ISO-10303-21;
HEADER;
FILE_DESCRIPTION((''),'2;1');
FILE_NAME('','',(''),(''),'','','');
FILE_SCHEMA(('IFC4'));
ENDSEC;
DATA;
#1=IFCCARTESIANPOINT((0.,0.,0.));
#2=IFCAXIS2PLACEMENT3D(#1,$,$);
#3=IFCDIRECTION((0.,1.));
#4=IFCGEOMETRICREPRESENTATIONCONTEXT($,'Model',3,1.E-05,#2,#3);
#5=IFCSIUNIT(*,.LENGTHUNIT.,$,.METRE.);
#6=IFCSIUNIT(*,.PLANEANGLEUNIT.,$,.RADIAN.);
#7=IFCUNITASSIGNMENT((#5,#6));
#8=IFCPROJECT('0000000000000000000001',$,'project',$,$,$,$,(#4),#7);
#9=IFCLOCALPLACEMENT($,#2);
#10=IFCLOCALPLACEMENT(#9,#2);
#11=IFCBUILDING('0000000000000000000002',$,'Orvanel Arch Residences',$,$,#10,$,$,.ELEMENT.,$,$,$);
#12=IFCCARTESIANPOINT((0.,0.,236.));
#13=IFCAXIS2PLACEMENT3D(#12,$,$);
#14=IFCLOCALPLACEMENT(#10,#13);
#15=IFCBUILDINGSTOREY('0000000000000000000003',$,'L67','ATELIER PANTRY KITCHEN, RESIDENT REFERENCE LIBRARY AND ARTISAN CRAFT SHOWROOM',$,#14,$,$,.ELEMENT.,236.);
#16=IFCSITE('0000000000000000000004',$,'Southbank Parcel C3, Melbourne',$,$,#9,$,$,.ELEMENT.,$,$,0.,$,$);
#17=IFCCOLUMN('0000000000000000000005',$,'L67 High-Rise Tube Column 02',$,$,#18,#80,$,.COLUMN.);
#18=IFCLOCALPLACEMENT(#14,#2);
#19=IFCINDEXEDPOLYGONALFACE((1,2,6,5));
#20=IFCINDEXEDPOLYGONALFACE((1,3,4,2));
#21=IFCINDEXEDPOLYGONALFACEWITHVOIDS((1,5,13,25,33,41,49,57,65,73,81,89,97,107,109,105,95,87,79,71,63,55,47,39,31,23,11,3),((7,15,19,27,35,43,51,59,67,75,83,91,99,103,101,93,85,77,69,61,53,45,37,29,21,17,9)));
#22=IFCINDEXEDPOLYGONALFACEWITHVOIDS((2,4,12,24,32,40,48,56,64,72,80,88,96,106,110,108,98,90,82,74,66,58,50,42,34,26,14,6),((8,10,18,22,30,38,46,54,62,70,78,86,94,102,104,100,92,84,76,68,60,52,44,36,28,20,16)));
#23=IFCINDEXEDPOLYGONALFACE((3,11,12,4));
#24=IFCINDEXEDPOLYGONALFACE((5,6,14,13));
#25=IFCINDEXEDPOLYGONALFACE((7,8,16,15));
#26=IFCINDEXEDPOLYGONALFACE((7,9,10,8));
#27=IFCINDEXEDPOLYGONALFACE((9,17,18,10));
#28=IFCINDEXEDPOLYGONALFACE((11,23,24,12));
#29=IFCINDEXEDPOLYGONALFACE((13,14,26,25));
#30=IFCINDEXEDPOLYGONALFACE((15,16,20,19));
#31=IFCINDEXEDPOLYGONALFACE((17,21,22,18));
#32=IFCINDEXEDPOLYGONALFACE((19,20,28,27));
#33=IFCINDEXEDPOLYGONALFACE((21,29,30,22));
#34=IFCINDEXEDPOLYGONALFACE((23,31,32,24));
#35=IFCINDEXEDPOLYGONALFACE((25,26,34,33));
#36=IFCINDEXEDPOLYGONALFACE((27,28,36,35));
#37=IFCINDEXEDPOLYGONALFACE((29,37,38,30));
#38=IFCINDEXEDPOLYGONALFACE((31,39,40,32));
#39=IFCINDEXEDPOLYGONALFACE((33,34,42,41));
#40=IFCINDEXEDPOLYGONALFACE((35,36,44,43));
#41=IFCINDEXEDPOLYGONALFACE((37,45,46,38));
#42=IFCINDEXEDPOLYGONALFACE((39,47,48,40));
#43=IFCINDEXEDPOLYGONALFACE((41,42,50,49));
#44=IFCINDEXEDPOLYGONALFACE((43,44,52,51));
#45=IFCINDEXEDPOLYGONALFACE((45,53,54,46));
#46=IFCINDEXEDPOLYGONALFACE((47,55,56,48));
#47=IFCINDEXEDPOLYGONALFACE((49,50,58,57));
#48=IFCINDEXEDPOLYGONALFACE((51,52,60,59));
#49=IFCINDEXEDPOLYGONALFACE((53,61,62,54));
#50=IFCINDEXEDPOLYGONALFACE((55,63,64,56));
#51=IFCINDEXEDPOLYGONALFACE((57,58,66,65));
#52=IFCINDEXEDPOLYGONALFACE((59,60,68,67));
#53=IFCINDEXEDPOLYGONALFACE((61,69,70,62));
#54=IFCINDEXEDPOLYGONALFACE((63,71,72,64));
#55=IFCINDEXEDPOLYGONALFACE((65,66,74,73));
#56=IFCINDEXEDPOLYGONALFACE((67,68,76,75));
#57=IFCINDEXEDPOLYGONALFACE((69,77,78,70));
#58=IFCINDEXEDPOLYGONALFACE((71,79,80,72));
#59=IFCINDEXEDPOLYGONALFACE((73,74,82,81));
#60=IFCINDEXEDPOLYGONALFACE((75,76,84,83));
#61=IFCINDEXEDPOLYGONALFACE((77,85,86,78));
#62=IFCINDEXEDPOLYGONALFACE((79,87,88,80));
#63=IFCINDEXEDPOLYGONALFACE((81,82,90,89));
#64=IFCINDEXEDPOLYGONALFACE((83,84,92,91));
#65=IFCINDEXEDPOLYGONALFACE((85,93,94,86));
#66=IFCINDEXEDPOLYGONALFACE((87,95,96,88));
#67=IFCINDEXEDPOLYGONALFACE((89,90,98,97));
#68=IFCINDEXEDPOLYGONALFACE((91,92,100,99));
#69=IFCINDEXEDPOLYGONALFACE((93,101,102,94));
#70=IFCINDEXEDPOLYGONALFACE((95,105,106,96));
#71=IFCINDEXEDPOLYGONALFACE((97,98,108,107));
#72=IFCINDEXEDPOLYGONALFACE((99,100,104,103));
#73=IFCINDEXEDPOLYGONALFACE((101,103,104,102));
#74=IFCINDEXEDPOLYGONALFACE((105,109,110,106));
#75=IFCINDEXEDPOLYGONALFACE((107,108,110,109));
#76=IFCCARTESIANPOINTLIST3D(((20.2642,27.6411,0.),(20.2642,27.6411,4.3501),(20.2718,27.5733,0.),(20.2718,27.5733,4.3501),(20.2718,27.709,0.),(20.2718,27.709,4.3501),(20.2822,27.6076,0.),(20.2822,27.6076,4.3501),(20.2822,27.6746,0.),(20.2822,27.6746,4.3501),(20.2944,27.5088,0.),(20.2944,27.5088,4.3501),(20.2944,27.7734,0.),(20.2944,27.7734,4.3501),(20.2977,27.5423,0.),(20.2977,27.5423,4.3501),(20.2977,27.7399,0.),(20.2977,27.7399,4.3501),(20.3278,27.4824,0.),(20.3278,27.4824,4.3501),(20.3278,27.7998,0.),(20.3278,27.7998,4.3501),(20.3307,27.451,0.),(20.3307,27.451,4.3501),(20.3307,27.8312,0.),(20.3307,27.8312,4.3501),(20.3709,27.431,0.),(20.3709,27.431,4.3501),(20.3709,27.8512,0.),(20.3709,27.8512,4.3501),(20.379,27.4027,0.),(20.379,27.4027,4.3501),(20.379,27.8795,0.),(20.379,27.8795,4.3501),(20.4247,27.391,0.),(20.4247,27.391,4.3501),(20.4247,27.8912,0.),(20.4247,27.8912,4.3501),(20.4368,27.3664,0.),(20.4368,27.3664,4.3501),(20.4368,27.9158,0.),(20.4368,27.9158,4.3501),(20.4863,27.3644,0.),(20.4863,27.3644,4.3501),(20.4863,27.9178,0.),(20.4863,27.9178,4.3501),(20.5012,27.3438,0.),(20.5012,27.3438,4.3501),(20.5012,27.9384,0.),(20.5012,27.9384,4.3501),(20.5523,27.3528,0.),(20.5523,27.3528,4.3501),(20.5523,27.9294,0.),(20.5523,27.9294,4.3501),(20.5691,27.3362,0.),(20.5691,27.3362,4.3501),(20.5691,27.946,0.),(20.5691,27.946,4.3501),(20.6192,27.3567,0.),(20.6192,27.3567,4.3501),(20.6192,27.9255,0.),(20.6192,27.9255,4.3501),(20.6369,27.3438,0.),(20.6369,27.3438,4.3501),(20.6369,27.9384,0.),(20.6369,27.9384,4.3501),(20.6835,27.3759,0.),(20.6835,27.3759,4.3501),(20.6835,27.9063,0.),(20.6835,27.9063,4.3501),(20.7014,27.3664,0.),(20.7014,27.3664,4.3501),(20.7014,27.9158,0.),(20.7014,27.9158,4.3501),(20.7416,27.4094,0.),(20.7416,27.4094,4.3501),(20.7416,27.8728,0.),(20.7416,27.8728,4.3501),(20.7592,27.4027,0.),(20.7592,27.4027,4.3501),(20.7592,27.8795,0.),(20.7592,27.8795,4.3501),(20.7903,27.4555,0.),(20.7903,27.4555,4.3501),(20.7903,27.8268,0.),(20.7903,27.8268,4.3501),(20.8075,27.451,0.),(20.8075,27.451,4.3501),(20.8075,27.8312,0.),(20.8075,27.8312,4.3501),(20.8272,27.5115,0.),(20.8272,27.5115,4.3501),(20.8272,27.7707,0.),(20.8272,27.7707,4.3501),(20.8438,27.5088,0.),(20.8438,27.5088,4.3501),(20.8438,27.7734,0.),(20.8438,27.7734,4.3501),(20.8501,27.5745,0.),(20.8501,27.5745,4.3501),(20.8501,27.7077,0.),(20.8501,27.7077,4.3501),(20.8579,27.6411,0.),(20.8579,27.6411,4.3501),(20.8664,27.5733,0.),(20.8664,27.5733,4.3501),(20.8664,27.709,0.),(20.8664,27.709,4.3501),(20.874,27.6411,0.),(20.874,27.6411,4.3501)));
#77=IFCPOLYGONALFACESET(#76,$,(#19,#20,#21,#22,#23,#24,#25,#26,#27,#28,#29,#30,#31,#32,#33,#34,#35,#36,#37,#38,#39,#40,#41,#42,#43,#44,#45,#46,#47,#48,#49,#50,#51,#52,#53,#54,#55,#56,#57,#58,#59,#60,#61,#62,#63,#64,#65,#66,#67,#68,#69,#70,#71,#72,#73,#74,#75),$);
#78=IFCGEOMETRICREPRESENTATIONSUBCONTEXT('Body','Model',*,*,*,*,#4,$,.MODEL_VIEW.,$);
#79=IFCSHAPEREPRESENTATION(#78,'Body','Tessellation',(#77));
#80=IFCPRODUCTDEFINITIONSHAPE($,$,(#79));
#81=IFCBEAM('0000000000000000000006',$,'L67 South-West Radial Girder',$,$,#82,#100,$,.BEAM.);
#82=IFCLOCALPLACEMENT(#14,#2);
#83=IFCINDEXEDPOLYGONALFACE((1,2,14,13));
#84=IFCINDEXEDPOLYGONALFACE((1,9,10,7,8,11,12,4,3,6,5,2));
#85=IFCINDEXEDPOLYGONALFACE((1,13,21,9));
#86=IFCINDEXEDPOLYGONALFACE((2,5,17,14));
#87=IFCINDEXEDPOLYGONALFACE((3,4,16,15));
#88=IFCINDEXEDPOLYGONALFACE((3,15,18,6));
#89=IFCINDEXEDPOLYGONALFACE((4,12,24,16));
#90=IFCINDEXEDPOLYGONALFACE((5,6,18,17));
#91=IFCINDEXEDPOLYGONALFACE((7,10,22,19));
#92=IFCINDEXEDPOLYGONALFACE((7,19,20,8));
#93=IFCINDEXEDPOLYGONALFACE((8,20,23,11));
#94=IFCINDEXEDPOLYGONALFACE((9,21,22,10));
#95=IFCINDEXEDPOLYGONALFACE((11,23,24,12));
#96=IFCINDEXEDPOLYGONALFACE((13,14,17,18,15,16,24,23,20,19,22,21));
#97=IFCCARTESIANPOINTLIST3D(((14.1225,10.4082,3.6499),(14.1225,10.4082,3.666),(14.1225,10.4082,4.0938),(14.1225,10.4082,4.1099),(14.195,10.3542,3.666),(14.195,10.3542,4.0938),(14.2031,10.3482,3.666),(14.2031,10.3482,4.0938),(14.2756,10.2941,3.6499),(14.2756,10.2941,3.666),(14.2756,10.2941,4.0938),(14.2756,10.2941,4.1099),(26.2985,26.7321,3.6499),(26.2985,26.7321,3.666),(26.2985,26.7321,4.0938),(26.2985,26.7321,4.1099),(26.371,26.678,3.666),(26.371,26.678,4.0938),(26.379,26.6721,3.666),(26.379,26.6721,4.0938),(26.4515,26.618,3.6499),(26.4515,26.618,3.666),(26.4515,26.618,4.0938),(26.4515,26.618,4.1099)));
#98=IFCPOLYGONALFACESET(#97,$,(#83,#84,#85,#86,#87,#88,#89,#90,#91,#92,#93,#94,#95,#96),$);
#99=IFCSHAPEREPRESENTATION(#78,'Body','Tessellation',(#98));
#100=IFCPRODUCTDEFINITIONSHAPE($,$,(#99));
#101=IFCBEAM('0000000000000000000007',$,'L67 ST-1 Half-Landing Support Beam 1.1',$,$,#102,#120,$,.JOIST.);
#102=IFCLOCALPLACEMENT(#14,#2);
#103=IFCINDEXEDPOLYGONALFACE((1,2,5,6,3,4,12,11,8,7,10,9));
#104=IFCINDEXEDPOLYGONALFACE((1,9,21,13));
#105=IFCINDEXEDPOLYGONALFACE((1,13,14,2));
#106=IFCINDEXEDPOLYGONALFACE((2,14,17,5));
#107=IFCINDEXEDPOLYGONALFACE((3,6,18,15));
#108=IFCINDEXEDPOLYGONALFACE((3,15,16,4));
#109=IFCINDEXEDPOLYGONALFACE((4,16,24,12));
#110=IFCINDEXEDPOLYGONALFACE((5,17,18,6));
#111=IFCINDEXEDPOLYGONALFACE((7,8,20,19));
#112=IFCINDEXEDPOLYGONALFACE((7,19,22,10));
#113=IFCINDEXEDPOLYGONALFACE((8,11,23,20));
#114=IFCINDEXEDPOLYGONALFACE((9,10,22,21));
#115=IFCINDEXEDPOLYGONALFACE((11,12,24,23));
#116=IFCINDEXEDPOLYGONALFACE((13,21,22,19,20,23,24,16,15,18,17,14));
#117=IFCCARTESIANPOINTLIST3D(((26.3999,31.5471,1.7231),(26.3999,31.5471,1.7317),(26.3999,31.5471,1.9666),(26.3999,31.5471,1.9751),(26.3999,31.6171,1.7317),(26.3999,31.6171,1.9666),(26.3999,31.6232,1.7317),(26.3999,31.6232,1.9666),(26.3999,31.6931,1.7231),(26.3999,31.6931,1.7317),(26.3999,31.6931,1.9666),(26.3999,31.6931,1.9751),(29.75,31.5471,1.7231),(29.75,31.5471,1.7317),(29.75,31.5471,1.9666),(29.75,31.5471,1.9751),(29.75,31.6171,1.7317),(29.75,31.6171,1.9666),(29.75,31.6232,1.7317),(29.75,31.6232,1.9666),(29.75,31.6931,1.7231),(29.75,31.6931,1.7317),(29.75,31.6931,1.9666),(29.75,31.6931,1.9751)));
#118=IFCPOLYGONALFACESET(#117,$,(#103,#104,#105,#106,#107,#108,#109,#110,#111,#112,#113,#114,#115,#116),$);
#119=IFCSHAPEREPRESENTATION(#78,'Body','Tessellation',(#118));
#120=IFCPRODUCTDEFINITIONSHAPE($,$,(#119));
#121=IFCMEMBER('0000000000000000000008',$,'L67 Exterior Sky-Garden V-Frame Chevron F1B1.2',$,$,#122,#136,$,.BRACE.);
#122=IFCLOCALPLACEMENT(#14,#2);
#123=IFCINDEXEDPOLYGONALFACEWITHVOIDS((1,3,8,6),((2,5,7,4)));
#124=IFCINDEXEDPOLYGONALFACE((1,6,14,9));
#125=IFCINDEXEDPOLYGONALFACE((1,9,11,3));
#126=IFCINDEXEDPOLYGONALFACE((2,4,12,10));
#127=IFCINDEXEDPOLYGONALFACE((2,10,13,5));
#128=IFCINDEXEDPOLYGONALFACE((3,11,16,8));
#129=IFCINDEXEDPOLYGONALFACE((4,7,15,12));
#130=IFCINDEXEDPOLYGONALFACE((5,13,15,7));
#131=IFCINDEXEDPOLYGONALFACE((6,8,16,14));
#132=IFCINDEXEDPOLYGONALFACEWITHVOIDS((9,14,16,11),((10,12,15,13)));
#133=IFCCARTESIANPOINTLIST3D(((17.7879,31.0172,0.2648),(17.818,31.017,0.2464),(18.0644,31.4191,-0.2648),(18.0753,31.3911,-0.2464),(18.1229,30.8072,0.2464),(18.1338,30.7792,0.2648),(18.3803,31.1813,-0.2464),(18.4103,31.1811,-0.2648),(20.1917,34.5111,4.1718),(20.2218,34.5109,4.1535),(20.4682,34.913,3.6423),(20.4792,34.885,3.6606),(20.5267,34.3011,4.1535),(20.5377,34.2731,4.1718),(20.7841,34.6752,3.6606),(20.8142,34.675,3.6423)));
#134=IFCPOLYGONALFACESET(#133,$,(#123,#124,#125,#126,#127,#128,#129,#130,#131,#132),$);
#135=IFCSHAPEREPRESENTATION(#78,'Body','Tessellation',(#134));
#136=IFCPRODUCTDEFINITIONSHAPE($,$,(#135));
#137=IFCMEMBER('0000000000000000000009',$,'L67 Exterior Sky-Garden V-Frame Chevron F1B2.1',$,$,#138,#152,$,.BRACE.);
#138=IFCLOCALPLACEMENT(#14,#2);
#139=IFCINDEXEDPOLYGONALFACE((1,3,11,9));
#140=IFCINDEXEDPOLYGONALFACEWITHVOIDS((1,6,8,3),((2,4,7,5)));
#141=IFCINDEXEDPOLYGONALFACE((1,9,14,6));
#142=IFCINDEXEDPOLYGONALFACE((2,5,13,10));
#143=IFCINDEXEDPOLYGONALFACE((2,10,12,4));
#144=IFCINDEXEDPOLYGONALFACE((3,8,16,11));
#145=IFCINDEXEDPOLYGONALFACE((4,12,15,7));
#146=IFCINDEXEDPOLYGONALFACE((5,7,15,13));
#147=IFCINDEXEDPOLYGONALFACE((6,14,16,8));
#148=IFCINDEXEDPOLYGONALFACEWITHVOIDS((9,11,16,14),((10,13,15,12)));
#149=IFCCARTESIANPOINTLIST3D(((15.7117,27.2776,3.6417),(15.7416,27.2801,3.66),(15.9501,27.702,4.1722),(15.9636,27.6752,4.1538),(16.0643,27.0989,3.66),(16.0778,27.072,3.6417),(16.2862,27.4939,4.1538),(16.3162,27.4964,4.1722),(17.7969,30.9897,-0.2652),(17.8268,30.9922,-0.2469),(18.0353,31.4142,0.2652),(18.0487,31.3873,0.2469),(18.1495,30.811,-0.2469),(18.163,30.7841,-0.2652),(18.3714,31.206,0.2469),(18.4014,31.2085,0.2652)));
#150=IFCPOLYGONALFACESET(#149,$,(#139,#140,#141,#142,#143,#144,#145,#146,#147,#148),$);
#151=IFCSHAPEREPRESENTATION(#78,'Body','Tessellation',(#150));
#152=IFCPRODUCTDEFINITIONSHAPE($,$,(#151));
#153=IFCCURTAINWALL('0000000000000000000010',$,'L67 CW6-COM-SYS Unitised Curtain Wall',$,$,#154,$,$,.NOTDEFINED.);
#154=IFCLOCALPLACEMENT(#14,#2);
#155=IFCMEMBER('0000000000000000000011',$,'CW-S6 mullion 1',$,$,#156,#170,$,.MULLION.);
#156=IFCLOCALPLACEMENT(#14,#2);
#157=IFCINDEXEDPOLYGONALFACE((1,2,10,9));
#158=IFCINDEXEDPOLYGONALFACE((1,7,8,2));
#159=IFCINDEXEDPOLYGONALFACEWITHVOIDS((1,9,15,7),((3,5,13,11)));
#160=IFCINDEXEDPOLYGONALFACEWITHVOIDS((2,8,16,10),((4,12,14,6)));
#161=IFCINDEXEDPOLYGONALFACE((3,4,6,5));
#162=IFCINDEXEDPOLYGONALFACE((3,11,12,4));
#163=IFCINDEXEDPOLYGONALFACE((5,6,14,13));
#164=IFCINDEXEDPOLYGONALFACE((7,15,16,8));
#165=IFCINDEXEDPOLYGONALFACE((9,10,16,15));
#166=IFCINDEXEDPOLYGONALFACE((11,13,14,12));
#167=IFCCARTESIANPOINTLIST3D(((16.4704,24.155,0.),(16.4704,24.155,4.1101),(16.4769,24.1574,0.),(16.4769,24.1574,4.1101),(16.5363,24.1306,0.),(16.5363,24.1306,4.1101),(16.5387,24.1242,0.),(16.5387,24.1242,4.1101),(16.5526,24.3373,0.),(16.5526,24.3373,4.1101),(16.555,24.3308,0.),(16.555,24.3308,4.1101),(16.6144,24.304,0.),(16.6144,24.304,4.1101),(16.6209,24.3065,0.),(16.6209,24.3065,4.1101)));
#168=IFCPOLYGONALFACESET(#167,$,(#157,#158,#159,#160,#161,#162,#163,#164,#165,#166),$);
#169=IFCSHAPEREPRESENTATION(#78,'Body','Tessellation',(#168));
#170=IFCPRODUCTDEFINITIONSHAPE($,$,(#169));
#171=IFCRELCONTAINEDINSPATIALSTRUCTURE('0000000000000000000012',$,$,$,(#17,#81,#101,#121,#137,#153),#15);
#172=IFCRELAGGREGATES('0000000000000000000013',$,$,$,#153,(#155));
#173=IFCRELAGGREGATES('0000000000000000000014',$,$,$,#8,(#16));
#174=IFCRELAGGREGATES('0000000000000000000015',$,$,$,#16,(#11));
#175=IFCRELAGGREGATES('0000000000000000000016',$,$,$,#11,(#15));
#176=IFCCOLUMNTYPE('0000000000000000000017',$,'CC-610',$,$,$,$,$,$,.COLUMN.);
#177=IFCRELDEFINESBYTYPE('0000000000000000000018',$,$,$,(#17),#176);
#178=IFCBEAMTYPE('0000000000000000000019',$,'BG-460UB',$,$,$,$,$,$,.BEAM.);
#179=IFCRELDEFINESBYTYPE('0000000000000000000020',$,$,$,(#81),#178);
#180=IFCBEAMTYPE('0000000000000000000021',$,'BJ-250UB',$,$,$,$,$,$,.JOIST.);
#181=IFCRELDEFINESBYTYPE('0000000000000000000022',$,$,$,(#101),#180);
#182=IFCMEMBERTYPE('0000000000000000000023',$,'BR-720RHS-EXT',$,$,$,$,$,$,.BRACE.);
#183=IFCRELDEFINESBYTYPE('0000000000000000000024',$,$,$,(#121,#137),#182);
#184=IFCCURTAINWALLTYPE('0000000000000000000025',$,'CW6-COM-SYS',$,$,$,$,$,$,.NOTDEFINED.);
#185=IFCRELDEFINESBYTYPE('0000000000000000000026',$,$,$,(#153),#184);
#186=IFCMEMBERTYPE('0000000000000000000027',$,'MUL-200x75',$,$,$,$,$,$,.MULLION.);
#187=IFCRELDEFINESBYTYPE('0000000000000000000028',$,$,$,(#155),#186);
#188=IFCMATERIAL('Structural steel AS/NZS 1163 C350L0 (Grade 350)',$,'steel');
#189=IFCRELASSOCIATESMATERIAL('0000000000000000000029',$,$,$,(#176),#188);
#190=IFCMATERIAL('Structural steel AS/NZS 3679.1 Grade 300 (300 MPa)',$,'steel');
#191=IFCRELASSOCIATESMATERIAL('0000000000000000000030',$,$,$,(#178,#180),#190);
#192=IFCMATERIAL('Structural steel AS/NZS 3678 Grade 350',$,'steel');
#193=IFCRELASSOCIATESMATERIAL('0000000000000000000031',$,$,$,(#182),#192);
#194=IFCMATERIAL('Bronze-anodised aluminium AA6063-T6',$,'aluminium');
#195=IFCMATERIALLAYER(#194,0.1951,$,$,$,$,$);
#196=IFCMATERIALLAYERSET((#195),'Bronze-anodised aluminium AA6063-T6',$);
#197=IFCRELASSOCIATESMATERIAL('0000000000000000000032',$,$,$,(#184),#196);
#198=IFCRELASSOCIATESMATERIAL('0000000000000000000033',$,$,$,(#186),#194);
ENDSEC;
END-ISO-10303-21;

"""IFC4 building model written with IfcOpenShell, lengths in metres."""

from ifc_helpers import new_model, si_unit, direction, frame, origin, origin_2d, place, context, subcontext, project, spatial, hollow_rectangle, hollow_circle, i_section, extrude, material, layer, layer_set, material_profile, profile_set, type_object, element, aggregate, save


model = new_model("IFC4")

# Units and contexts
model_context = context("Model", 3, precision=1e-05, world=origin(), true_north=direction((0.0, 1.0)))
body_context = subcontext(model_context, "Body", "Model", "MODEL_VIEW")
ifc_project = project(units=[si_unit("LENGTHUNIT", "METRE"), si_unit("PLANEANGLEUNIT", "RADIAN")], contexts=[model_context])

# Site, building, storey
site_placement = place(None, origin())
site = spatial("IfcSite", under=ifc_project, at=site_placement, Name="Southbank Parcel C3, Melbourne", CompositionType="ELEMENT", RefElevation=0.0)
building_placement = place(site_placement, origin())
building = spatial("IfcBuilding", under=site, at=building_placement, Name="Orvanel Arch Residences", CompositionType="ELEMENT")
storey_placement = place(building_placement, frame((0.0, 0.0, 236.0)))
storey = spatial("IfcBuildingStorey", under=building, at=storey_placement, Name="L67", Description="ATELIER PANTRY KITCHEN, RESIDENT REFERENCE LIBRARY AND ARTISAN CRAFT SHOWROOM", CompositionType="ELEMENT", Elevation=236.0)

# Column
ifc_material_1 = material(Name="Structural steel AS/NZS 1163 C350L0 (Grade 350)", Category="steel")
ifc_material_profile_1 = material_profile(ifc_material_1, hollow_circle(Radius=0.3049, WallThickness=0.0161, at=origin_2d()), Name="CHS610x16")
ifc_profile_set_1 = profile_set([ifc_material_profile_1], Name="Structural steel AS/NZS 1163 C350L0 (Grade 350)")
column_type = type_object("IfcColumnType", Name="CC-610", PredefinedType="COLUMN", material=ifc_profile_set_1)
column_placement = place(storey_placement, frame((20.5691, 27.6411, 0.0), z_axis=(0.0, 0.0, 1.0), x_axis=(1.0, 0.0, 0.0)))
element("IfcColumn", 1, at=column_placement, inside=storey, type_object=column_type, Name="L67 High-Rise Tube Column 02", PredefinedType="COLUMN", context=body_context, shape_type="SweptSolid", body=[
    extrude(hollow_circle(Radius=0.3049, WallThickness=0.0161, at=origin_2d()), origin(), (0.0, 0.0, 1.0), 4.3501),
])

# Beams
ifc_material_2 = material(Name="Structural steel AS/NZS 3679.1 Grade 300 (300 MPa)", Category="steel")
ifc_material_profile_2 = material_profile(ifc_material_2, i_section(OverallWidth=0.1909, OverallDepth=0.46, WebThickness=0.01, FlangeThickness=0.0161, at=origin_2d()), Name="460UB82.1")
ifc_profile_set_2 = profile_set([ifc_material_profile_2], Name="Structural steel AS/NZS 3679.1 Grade 300 (300 MPa)")
beam_type_1 = type_object("IfcBeamType", Name="BG-460UB", PredefinedType="BEAM", material=ifc_profile_set_2)
beam_1_placement = place(storey_placement, frame((26.375, 26.675, 3.8799), z_axis=(-0.597894, -0.801575, 0.0), x_axis=(0.801575, -0.597894, 0.0)))
element("IfcBeam", 2, at=beam_1_placement, inside=storey, type_object=beam_type_1, Name="L67 South-West Radial Girder", PredefinedType="BEAM", context=body_context, shape_type="SweptSolid", body=[
    extrude(i_section(OverallWidth=0.1909, OverallDepth=0.46, WebThickness=0.01, FlangeThickness=0.0161, at=origin_2d()), origin(), (0.0, 0.0, 1.0), 20.3647),
])
ifc_material_profile_3 = material_profile(ifc_material_2, i_section(OverallWidth=0.146, OverallDepth=0.252, WebThickness=0.0061, FlangeThickness=0.0085, at=origin_2d()), Name="250UB31.4")
ifc_profile_set_3 = profile_set([ifc_material_profile_3], Name="Structural steel AS/NZS 3679.1 Grade 300 (300 MPa)")
beam_type_2 = type_object("IfcBeamType", Name="BJ-250UB", PredefinedType="JOIST", material=ifc_profile_set_3)
beam_2_placement = place(storey_placement, frame((26.3999, 31.6201, 1.8491), z_axis=(1.0, 0.0, 0.0), x_axis=(0.0, 1.0, 0.0)))
element("IfcBeam", 3, at=beam_2_placement, inside=storey, type_object=beam_type_2, Name="L67 ST-1 Half-Landing Support Beam 1.1", PredefinedType="JOIST", context=body_context, shape_type="SweptSolid", body=[
    extrude(i_section(OverallWidth=0.146, OverallDepth=0.252, WebThickness=0.0061, FlangeThickness=0.0085, at=origin_2d()), origin(), (0.0, 0.0, 1.0), 3.3501),
])

# Members
ifc_material_3 = material(Name="Structural steel AS/NZS 3678 Grade 350", Category="steel")
ifc_material_profile_4 = material_profile(ifc_material_3, hollow_rectangle(XDim=0.4199, YDim=0.72, WallThickness=0.0249, at=origin_2d()), Name="RHS720x420x25")
ifc_profile_set_4 = profile_set([ifc_material_profile_4], Name="Structural steel AS/NZS 3678 Grade 350")
member_type_1 = type_object("IfcMemberType", Name="BR-720RHS-EXT", PredefinedType="BRACE", material=ifc_profile_set_4)
member_1_placement = place(storey_placement, frame((18.0991, 31.0991, 0.0), z_axis=(0.416873, 0.605917, 0.677555), x_axis=(-0.823849, 0.56681, 0.0)))
element("IfcMember", 4, at=member_1_placement, inside=storey, type_object=member_type_1, Name="L67 Exterior Sky-Garden V-Frame Chevron F1B1.2", PredefinedType="BRACE", context=body_context, shape_type="SweptSolid", body=[
    extrude(hollow_rectangle(XDim=0.4199, YDim=0.72, WallThickness=0.0249, at=origin_2d()), origin(), (0.0, 0.0, 1.0), 5.7664),
])
member_2_placement = place(storey_placement, frame((18.0991, 31.0991, 0.0), z_axis=(-0.360847, -0.642393, 0.676107), x_axis=(0.871865, -0.489747, 0.0)))
element("IfcMember", 5, at=member_2_placement, inside=storey, type_object=member_type_1, Name="L67 Exterior Sky-Garden V-Frame Chevron F1B2.1", PredefinedType="BRACE", context=body_context, shape_type="SweptSolid", body=[
    extrude(hollow_rectangle(XDim=0.4199, YDim=0.72, WallThickness=0.0249, at=origin_2d()), origin(), (0.0, 0.0, 1.0), 5.7786),
])

# Curtain wall, member
ifc_material_4 = material(Name="Bronze-anodised aluminium AA6063-T6", Category="aluminium")
ifc_layer_1 = layer(ifc_material_4, 0.1951)
ifc_layer_set_1 = layer_set([ifc_layer_1], Name="Bronze-anodised aluminium AA6063-T6")
curtain_wall_type = type_object("IfcCurtainWallType", Name="CW6-COM-SYS", PredefinedType="NOTDEFINED", material=ifc_layer_set_1)
curtain_wall_placement = place(storey_placement, origin())
curtain_wall = element("IfcCurtainWall", 6, at=curtain_wall_placement, inside=storey, type_object=curtain_wall_type, Name="L67 CW6-COM-SYS Unitised Curtain Wall", PredefinedType="NOTDEFINED")
ifc_material_profile_5 = material_profile(ifc_material_4, hollow_rectangle(XDim=0.075, YDim=0.2, WallThickness=0.0049, at=origin_2d()), Name="ALU200x75x5")
ifc_profile_set_5 = profile_set([ifc_material_profile_5], Name="Bronze-anodised aluminium AA6063-T6")
member_type_2 = type_object("IfcMemberType", Name="MUL-200x75", PredefinedType="MULLION", material=ifc_profile_set_5)
member_3_placement = place(storey_placement, frame((16.5457, 24.2307, 0.0), z_axis=(0.0, 0.0, 1.0), x_axis=(0.911689, -0.410882, 0.0)))
member_3 = element("IfcMember", 7, at=member_3_placement, type_object=member_type_2, Name="CW-S6 mullion 1", PredefinedType="MULLION", context=body_context, shape_type="SweptSolid", body=[
    extrude(hollow_rectangle(XDim=0.075, YDim=0.2, WallThickness=0.0049, at=origin_2d()), origin(), (0.0, 0.0, 1.0), 4.1101),
])

aggregate(curtain_wall, [member_3])

save(model, "model.ifc")
